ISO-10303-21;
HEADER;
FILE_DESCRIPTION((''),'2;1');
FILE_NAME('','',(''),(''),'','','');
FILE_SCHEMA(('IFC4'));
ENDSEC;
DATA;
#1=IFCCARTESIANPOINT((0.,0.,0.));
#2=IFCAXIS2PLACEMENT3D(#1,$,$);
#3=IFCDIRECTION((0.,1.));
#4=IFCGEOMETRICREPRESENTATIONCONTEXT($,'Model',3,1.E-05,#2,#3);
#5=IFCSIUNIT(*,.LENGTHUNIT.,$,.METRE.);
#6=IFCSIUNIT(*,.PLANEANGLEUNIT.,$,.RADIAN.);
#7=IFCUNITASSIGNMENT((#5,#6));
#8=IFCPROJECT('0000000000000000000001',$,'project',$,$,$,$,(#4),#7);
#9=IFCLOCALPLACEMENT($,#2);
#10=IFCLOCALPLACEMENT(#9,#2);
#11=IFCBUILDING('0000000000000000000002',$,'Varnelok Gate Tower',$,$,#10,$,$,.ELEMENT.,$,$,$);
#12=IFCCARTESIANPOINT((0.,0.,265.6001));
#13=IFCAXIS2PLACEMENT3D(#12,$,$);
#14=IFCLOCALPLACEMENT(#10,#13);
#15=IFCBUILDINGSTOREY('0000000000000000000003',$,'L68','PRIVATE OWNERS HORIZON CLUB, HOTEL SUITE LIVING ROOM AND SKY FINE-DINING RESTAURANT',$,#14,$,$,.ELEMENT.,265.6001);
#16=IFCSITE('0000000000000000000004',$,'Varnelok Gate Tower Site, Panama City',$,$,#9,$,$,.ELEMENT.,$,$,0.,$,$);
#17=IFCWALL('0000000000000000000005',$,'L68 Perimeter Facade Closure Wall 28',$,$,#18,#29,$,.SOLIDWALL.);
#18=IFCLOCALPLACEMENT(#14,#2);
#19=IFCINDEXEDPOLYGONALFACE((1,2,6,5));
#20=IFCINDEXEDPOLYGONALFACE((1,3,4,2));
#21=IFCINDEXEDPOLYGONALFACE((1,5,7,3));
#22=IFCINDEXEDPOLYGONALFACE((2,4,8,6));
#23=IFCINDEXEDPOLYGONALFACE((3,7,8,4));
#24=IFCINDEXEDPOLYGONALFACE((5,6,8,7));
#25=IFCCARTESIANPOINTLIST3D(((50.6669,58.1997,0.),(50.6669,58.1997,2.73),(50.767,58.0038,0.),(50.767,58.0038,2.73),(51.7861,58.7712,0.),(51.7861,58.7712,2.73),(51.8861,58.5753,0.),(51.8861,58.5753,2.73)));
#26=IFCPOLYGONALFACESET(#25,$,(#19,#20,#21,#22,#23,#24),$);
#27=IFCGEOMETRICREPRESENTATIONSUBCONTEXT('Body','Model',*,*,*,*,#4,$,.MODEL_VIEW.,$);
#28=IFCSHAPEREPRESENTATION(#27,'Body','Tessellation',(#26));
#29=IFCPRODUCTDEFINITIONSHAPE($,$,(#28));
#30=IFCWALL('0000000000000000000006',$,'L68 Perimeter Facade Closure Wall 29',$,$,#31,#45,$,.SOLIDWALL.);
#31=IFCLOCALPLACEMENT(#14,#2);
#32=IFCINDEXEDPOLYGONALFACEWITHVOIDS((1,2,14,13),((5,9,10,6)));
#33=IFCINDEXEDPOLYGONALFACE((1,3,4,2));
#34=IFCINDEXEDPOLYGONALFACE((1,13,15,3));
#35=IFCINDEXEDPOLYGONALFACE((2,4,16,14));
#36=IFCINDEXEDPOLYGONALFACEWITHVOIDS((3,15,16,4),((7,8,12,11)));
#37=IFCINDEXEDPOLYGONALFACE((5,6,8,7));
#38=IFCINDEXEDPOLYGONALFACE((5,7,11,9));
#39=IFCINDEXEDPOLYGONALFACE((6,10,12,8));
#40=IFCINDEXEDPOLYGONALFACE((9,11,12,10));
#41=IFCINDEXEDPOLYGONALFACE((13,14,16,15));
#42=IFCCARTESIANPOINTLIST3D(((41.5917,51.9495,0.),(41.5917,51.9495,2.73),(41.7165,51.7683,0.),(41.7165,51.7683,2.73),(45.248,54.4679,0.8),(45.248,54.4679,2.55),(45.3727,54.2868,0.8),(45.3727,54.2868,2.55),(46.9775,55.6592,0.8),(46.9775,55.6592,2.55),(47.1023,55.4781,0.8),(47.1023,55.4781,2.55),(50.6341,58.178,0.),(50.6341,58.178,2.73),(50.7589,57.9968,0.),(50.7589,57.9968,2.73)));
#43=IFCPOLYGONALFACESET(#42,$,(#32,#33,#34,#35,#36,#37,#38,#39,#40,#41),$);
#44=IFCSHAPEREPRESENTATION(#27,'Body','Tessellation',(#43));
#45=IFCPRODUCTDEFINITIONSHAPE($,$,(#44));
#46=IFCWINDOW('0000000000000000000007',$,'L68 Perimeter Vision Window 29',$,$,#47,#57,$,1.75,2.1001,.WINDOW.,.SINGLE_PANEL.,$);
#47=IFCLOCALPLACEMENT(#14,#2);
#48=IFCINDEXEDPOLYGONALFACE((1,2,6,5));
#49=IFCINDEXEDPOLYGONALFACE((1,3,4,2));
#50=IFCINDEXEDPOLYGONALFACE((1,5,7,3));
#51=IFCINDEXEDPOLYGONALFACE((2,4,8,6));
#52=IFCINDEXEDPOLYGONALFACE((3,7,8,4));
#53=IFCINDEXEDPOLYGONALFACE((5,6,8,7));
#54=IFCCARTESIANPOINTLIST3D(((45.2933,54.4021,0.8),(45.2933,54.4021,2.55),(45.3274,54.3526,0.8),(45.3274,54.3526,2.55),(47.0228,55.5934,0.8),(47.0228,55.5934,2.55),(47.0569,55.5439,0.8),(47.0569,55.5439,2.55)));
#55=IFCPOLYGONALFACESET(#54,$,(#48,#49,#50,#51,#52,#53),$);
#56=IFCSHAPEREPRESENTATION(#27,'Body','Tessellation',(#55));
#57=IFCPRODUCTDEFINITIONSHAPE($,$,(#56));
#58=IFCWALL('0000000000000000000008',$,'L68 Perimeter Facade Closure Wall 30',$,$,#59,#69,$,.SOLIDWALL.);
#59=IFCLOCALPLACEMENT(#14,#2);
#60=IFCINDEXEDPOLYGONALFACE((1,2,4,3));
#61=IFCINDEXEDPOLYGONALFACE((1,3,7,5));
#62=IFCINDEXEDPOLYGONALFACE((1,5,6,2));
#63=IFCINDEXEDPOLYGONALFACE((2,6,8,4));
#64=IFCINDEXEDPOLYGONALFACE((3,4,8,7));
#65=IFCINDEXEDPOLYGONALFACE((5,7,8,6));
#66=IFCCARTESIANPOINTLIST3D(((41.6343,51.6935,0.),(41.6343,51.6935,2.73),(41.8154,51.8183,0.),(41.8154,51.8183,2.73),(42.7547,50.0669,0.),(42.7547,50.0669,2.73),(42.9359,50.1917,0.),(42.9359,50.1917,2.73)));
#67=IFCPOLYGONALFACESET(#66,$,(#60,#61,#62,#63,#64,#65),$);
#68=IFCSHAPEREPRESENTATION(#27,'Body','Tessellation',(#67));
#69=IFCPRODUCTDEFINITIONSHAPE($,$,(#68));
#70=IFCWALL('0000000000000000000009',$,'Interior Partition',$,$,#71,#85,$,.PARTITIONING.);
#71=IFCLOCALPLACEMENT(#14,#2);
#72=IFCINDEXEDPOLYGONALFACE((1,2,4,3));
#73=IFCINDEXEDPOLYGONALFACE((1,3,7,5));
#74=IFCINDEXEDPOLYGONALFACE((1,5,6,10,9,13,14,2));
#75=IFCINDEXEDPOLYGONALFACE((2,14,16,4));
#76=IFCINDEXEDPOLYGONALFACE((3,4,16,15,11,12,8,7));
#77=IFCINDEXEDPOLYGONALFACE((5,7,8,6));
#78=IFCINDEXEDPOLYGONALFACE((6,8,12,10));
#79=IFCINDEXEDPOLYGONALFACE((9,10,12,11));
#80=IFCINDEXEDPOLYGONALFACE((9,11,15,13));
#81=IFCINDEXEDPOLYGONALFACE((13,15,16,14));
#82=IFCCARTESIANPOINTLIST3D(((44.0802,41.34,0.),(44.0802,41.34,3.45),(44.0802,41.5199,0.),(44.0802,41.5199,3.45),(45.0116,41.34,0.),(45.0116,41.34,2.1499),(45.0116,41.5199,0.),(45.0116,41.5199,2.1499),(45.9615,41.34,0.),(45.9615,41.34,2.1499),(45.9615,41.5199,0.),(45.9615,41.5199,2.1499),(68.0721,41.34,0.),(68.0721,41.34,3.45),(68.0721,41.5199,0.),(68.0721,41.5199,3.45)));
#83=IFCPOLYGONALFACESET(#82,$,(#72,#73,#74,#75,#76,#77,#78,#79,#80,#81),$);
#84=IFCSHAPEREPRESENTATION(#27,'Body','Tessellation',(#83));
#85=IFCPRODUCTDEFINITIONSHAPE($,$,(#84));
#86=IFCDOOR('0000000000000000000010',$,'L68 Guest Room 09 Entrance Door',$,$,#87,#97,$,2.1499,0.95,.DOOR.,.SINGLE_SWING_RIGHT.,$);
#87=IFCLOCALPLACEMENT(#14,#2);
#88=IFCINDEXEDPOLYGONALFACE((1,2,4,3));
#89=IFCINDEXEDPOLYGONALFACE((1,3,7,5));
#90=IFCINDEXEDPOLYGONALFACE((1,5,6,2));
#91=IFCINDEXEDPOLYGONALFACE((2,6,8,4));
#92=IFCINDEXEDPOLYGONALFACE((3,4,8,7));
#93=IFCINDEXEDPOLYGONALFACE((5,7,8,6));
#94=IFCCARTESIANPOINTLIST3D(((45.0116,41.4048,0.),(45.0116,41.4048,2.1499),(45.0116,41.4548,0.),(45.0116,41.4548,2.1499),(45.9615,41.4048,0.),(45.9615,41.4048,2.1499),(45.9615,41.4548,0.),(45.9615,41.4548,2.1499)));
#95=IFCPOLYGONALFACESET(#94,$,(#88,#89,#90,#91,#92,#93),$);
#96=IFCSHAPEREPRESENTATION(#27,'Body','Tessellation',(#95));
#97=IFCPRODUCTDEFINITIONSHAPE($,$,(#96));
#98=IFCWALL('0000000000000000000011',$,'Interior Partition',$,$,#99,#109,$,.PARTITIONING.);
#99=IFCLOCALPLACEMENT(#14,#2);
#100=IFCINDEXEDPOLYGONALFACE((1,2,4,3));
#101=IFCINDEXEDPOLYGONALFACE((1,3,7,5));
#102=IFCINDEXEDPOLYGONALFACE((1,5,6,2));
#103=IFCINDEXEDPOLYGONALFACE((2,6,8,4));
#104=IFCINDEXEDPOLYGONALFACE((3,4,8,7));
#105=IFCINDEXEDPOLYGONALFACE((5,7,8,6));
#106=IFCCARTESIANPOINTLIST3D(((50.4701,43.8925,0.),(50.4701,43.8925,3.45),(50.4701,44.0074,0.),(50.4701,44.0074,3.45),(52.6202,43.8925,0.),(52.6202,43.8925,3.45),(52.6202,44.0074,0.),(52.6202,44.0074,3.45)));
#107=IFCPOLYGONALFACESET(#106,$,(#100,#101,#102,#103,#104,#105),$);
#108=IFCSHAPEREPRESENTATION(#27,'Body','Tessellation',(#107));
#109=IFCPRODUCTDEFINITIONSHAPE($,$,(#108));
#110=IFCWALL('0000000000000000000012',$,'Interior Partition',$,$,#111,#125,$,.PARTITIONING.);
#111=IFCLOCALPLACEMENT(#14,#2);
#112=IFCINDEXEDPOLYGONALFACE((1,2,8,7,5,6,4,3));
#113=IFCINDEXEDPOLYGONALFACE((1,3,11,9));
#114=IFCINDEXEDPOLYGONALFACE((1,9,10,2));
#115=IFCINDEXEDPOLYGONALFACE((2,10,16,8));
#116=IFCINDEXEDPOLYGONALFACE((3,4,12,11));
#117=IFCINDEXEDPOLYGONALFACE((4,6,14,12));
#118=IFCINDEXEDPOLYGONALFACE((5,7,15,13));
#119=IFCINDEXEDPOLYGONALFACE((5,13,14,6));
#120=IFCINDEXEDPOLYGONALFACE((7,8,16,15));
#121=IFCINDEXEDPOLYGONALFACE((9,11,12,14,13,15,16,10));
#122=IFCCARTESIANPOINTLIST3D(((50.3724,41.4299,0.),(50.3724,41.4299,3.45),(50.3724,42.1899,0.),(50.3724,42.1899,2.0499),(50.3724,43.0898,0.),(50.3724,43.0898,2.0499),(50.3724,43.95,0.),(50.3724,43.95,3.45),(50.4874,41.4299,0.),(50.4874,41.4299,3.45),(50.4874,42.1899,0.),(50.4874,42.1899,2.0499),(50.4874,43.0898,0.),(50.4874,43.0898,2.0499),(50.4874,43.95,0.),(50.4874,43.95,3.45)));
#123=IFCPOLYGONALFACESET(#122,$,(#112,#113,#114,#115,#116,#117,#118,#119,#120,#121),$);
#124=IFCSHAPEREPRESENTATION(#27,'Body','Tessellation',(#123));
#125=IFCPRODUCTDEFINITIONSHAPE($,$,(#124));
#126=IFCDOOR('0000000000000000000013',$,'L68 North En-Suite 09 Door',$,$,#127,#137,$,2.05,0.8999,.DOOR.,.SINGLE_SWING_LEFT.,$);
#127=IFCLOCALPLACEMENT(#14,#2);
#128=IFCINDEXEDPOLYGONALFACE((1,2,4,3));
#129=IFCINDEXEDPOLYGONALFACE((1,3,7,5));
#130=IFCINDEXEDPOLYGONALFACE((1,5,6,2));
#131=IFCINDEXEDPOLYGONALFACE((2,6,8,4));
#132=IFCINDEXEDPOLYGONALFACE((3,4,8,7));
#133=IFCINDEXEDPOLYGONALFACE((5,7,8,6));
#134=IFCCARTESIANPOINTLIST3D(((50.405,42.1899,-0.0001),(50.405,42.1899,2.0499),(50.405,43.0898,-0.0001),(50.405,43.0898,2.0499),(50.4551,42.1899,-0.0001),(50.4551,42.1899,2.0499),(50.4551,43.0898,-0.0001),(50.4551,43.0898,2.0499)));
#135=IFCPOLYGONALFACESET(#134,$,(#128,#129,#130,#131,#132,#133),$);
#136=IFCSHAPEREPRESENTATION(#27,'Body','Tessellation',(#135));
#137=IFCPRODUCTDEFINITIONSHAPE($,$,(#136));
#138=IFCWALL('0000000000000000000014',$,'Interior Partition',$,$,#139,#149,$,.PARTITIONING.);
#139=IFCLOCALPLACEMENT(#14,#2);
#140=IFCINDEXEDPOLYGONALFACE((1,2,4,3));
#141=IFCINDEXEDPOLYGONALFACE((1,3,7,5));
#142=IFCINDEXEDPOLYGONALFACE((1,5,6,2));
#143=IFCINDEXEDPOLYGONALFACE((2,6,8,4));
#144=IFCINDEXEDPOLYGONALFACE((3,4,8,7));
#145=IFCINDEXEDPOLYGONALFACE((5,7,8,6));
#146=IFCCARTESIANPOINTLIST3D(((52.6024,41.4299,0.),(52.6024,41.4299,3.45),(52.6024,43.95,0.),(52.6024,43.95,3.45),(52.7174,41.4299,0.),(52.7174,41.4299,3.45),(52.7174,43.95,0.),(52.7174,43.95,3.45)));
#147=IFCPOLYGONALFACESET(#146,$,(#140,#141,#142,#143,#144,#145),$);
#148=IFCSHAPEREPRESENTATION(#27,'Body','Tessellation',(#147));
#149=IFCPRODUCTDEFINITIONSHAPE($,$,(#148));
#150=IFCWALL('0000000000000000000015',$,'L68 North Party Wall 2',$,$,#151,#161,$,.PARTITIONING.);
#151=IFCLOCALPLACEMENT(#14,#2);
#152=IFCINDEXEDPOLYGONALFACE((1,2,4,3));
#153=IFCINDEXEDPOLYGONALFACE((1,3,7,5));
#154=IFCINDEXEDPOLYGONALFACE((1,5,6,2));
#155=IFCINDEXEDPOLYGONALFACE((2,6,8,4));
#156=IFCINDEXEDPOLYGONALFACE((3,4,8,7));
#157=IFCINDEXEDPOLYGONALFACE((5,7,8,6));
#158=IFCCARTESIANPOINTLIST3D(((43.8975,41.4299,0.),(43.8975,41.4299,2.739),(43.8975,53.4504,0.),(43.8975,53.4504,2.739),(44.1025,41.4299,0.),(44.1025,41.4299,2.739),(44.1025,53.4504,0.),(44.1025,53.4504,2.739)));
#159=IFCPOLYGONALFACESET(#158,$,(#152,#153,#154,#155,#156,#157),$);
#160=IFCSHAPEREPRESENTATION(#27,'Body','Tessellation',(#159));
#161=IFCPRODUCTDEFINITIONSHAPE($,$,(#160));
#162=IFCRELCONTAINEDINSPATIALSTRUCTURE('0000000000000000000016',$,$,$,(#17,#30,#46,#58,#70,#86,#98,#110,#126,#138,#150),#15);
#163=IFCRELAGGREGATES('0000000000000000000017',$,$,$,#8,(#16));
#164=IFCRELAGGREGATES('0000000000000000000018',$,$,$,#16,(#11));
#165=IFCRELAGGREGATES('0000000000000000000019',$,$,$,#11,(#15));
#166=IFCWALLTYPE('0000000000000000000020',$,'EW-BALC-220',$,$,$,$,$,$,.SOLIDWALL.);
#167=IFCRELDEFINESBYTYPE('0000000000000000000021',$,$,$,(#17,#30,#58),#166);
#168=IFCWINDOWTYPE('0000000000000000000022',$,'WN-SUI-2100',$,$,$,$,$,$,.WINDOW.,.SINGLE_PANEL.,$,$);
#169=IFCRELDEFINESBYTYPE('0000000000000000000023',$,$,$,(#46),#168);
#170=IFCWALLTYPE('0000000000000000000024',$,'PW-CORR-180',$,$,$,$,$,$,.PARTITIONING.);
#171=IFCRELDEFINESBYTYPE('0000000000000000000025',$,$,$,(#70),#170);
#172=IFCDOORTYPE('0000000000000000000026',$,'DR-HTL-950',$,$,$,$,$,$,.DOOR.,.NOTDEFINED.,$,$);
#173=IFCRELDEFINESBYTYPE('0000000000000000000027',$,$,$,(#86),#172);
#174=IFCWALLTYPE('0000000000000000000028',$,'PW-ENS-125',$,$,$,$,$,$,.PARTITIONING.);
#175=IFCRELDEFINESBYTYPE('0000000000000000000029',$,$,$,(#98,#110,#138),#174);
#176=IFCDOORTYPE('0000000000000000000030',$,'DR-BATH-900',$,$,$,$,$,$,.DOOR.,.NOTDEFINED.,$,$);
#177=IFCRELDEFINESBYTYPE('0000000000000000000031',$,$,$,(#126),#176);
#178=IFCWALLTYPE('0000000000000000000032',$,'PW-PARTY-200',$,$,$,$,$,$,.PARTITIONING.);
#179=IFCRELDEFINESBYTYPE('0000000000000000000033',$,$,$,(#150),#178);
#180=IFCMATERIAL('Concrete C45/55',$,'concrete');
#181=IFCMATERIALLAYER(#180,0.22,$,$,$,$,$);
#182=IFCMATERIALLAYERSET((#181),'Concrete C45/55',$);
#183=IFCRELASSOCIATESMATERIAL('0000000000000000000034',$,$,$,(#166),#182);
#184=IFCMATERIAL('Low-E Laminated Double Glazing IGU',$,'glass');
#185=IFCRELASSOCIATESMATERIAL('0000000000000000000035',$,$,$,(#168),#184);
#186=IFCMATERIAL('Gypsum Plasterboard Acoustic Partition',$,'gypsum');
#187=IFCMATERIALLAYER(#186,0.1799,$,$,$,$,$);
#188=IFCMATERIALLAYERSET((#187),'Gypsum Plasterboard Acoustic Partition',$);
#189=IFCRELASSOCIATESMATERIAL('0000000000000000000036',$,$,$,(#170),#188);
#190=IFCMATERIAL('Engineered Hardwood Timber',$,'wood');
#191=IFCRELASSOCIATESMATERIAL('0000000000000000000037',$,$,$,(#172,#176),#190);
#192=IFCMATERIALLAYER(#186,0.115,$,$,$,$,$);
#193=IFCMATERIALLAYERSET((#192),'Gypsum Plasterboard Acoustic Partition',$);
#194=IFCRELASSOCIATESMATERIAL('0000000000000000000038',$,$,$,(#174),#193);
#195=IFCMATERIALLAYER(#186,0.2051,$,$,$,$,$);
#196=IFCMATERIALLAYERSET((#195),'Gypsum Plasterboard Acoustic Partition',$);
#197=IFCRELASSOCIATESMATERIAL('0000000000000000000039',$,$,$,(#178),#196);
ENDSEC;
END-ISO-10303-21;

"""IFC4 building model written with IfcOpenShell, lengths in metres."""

from ifc_helpers import new_model, si_unit, direction, frame, frame_2d, origin, place, context, subcontext, project, spatial, rectangle, extrude, material, layer, layer_set, type_object, element, fill, save


model = new_model("IFC4")

# Units and contexts
model_context = context("Model", 3, precision=1e-05, world=origin(), true_north=direction((0.0, 1.0)))
body_context = subcontext(model_context, "Body", "Model", "MODEL_VIEW")
ifc_project = project(units=[si_unit("LENGTHUNIT", "METRE"), si_unit("PLANEANGLEUNIT", "RADIAN")], contexts=[model_context])

# Site, building, storey
site_placement = place(None, origin())
site = spatial("IfcSite", under=ifc_project, at=site_placement, Name="Varnelok Gate Tower Site, Panama City", CompositionType="ELEMENT", RefElevation=0.0)
building_placement = place(site_placement, origin())
building = spatial("IfcBuilding", under=site, at=building_placement, Name="Varnelok Gate Tower", CompositionType="ELEMENT")
storey_placement = place(building_placement, frame((0.0, 0.0, 265.6001)))
storey = spatial("IfcBuildingStorey", under=building, at=storey_placement, Name="L68", Description="PRIVATE OWNERS HORIZON CLUB, HOTEL SUITE LIVING ROOM AND SKY FINE-DINING RESTAURANT", CompositionType="ELEMENT", Elevation=265.6001)

# Shared definitions
ifc_material_1 = material(Name="Concrete C45/55", Category="concrete")
ifc_layer_1 = layer(ifc_material_1, 0.22)
ifc_layer_set_1 = layer_set([ifc_layer_1], Name="Concrete C45/55")
wall_type_1 = type_object("IfcWallType", Name="EW-BALC-220", PredefinedType="SOLIDWALL", material=ifc_layer_set_1)

# Wall
wall_1_placement = place(storey_placement, frame((51.8362, 58.6733, 0.0), z_axis=(0.0, 0.0, 1.0), x_axis=(-0.890587, -0.454813, 0.0)))
element("IfcWall", 1, at=wall_1_placement, inside=storey, type_object=wall_type_1, Name="L68 Perimeter Facade Closure Wall 28", PredefinedType="SOLIDWALL", context=body_context, shape_type="SweptSolid", body=[
    extrude(rectangle(XDim=1.2566, YDim=0.22, at=frame_2d((0.6284, 0.0))), origin(), (0.0, 0.0, 1.0), 2.73),
])

# Wall, opening, window
wall_2_placement = place(storey_placement, frame((50.6965, 58.0874, 0.0), z_axis=(0.0, 0.0, 1.0), x_axis=(-0.823539, -0.567259, 0.0)))
wall_2 = element("IfcWall", 2, at=wall_2_placement, inside=storey, type_object=wall_type_1, Name="L68 Perimeter Facade Closure Wall 29", PredefinedType="SOLIDWALL", context=body_context, shape_type="SweptSolid", body=[
    extrude(rectangle(XDim=10.98, YDim=0.22, at=frame_2d((5.49, 0.0))), origin(), (0.0, 0.0, 1.0), 2.73),
])
opening_1_placement = place(wall_2_placement, frame((4.4402, 0.0, 0.8)))
opening_1 = element("IfcOpeningElement", 3, at=opening_1_placement, cuts=wall_2, PredefinedType="OPENING", context=body_context, shape_type="SweptSolid", body=[
    extrude(rectangle(XDim=2.1001, YDim=1.75, at=frame_2d((1.05, 0.875))), frame((0.0, 0.1199, 0.0), z_axis=(0.0, -1.0, 0.0), x_axis=(1.0, 0.0, 0.0)), (0.0, 0.0, 1.0), 0.24),
])
ifc_material_2 = material(Name="Low-E Laminated Double Glazing IGU", Category="glass")
window_type = type_object("IfcWindowType", Name="WN-SUI-2100", PartitioningType="SINGLE_PANEL", PredefinedType="WINDOW", material=ifc_material_2)
window_placement = place(opening_1_placement, origin())
window = element("IfcWindow", 4, at=window_placement, inside=storey, type_object=window_type, Name="L68 Perimeter Vision Window 29", OverallHeight=1.75, OverallWidth=2.1001, PartitioningType="SINGLE_PANEL", PredefinedType="WINDOW", context=body_context, shape_type="SweptSolid", body=[
    extrude(rectangle(XDim=2.1001, YDim=1.75, at=frame_2d((1.05, 0.875))), frame((0.0, 0.03, 0.0), z_axis=(0.0, -1.0, 0.0), x_axis=(1.0, 0.0, 0.0)), (0.0, 0.0, 1.0), 0.0601),
])
fill(opening_1, window)

# Wall
wall_3_placement = place(storey_placement, frame((41.7249, 51.7559, 0.0), z_axis=(0.0, 0.0, 1.0), x_axis=(0.567274, -0.823529, 0.0)))
element("IfcWall", 5, at=wall_3_placement, inside=storey, type_object=wall_type_1, Name="L68 Perimeter Facade Closure Wall 30", PredefinedType="SOLIDWALL", context=body_context, shape_type="SweptSolid", body=[
    extrude(rectangle(XDim=1.9751, YDim=0.22, at=frame_2d((0.9875, 0.0))), origin(), (0.0, 0.0, 1.0), 2.73),
])

# Wall, opening, door
ifc_material_3 = material(Name="Gypsum Plasterboard Acoustic Partition", Category="gypsum")
ifc_layer_2 = layer(ifc_material_3, 0.1799)
ifc_layer_set_2 = layer_set([ifc_layer_2], Name="Gypsum Plasterboard Acoustic Partition")
wall_type_2 = type_object("IfcWallType", Name="PW-CORR-180", PredefinedType="PARTITIONING", material=ifc_layer_set_2)
wall_4_placement = place(storey_placement, frame((44.0801, 41.4299, 0.0), z_axis=(0.0, 0.0, 1.0), x_axis=(1.0, 0.0, 0.0)))
wall_4 = element("IfcWall", 6, at=wall_4_placement, inside=storey, type_object=wall_type_2, Name="Interior Partition", PredefinedType="PARTITIONING", context=body_context, shape_type="SweptSolid", body=[
    extrude(rectangle(XDim=23.9919, YDim=0.1799, at=frame_2d((11.9961, 0.0))), origin(), (0.0, 0.0, 1.0), 3.45),
])
opening_2_placement = place(wall_4_placement, frame((0.9314, 0.0, 0.0)))
opening_2 = element("IfcOpeningElement", 7, at=opening_2_placement, cuts=wall_4, PredefinedType="OPENING", context=body_context, shape_type="SweptSolid", body=[
    extrude(rectangle(XDim=0.95, YDim=2.1499, at=frame_2d((0.4751, 1.075))), frame((0.0, 0.0999, 0.0), z_axis=(0.0, -1.0, 0.0), x_axis=(1.0, 0.0, 0.0)), (0.0, 0.0, 1.0), 0.2),
])
ifc_material_4 = material(Name="Engineered Hardwood Timber", Category="wood")
door_type_1 = type_object("IfcDoorType", Name="DR-HTL-950", OperationType="NOTDEFINED", PredefinedType="DOOR", material=ifc_material_4)
door_1_placement = place(opening_2_placement, origin())
door_1 = element("IfcDoor", 8, at=door_1_placement, inside=storey, type_object=door_type_1, Name="L68 Guest Room 09 Entrance Door", OperationType="SINGLE_SWING_RIGHT", OverallHeight=2.1499, OverallWidth=0.95, PredefinedType="DOOR", context=body_context, shape_type="SweptSolid", body=[
    extrude(rectangle(XDim=0.95, YDim=2.1499, at=frame_2d((0.4751, 1.075))), frame((0.0, 0.0249, 0.0), z_axis=(0.0, -1.0, 0.0), x_axis=(1.0, 0.0, 0.0)), (0.0, 0.0, 1.0), 0.05),
])
fill(opening_2, door_1)

# Wall
ifc_layer_3 = layer(ifc_material_3, 0.115)
ifc_layer_set_3 = layer_set([ifc_layer_3], Name="Gypsum Plasterboard Acoustic Partition")
wall_type_3 = type_object("IfcWallType", Name="PW-ENS-125", PredefinedType="PARTITIONING", material=ifc_layer_set_3)
wall_5_placement = place(storey_placement, frame((50.47, 43.95, 0.0), z_axis=(0.0, 0.0, 1.0), x_axis=(1.0, 0.0, 0.0)))
element("IfcWall", 9, at=wall_5_placement, inside=storey, type_object=wall_type_3, Name="Interior Partition", PredefinedType="PARTITIONING", context=body_context, shape_type="SweptSolid", body=[
    extrude(rectangle(XDim=2.1501, YDim=0.115, at=frame_2d((1.0752, 0.0))), origin(), (0.0, 0.0, 1.0), 3.45),
])

# Wall, opening, door
wall_6_placement = place(storey_placement, frame((50.4299, 41.4299, 0.0), z_axis=(0.0, 0.0, 1.0), x_axis=(0.0, 1.0, 0.0)))
wall_6 = element("IfcWall", 10, at=wall_6_placement, inside=storey, type_object=wall_type_3, Name="Interior Partition", PredefinedType="PARTITIONING", context=body_context, shape_type="SweptSolid", body=[
    extrude(rectangle(XDim=2.52, YDim=0.115, at=frame_2d((1.26, 0.0))), origin(), (0.0, 0.0, 1.0), 3.45),
])
opening_3_placement = place(wall_6_placement, frame((0.76, 0.0, 0.0)))
opening_3 = element("IfcOpeningElement", 11, at=opening_3_placement, cuts=wall_6, PredefinedType="OPENING", context=body_context, shape_type="SweptSolid", body=[
    extrude(rectangle(XDim=0.8999, YDim=2.05, at=frame_2d((0.45, 1.0249))), frame((0.0, 0.0674, 0.0), z_axis=(0.0, -1.0, 0.0), x_axis=(1.0, 0.0, 0.0)), (0.0, 0.0, 1.0), 0.135),
])
door_type_2 = type_object("IfcDoorType", Name="DR-BATH-900", OperationType="NOTDEFINED", PredefinedType="DOOR", material=ifc_material_4)
door_2_placement = place(opening_3_placement, origin())
door_2 = element("IfcDoor", 12, at=door_2_placement, inside=storey, type_object=door_type_2, Name="L68 North En-Suite 09 Door", OperationType="SINGLE_SWING_LEFT", OverallHeight=2.05, OverallWidth=0.8999, PredefinedType="DOOR", context=body_context, shape_type="SweptSolid", body=[
    extrude(rectangle(XDim=0.8999, YDim=2.05, at=frame_2d((0.45, 1.0249))), frame((0.0, 0.0249, 0.0), z_axis=(0.0, -1.0, 0.0), x_axis=(1.0, 0.0, 0.0)), (0.0, 0.0, 1.0), 0.05),
])
fill(opening_3, door_2)

# Walls
wall_7_placement = place(storey_placement, frame((52.6599, 41.4299, 0.0), z_axis=(0.0, 0.0, 1.0), x_axis=(0.0, 1.0, 0.0)))
element("IfcWall", 13, at=wall_7_placement, inside=storey, type_object=wall_type_3, Name="Interior Partition", PredefinedType="PARTITIONING", context=body_context, shape_type="SweptSolid", body=[
    extrude(rectangle(XDim=2.52, YDim=0.115, at=frame_2d((1.26, 0.0))), origin(), (0.0, 0.0, 1.0), 3.45),
])
ifc_layer_4 = layer(ifc_material_3, 0.2051)
ifc_layer_set_4 = layer_set([ifc_layer_4], Name="Gypsum Plasterboard Acoustic Partition")
wall_type_4 = type_object("IfcWallType", Name="PW-PARTY-200", PredefinedType="PARTITIONING", material=ifc_layer_set_4)
wall_8_placement = place(storey_placement, frame((44.0, 41.4299, 0.0), z_axis=(0.0, 0.0, 1.0), x_axis=(0.0, 1.0, 0.0)))
element("IfcWall", 14, at=wall_8_placement, inside=storey, type_object=wall_type_4, Name="L68 North Party Wall 2", PredefinedType="PARTITIONING", context=body_context, shape_type="SweptSolid", body=[
    extrude(rectangle(XDim=12.0205, YDim=0.2051, at=frame_2d((6.0103, 0.0))), origin(), (0.0, 0.0, 1.0), 2.739),
])

save(model, "model.ifc")
